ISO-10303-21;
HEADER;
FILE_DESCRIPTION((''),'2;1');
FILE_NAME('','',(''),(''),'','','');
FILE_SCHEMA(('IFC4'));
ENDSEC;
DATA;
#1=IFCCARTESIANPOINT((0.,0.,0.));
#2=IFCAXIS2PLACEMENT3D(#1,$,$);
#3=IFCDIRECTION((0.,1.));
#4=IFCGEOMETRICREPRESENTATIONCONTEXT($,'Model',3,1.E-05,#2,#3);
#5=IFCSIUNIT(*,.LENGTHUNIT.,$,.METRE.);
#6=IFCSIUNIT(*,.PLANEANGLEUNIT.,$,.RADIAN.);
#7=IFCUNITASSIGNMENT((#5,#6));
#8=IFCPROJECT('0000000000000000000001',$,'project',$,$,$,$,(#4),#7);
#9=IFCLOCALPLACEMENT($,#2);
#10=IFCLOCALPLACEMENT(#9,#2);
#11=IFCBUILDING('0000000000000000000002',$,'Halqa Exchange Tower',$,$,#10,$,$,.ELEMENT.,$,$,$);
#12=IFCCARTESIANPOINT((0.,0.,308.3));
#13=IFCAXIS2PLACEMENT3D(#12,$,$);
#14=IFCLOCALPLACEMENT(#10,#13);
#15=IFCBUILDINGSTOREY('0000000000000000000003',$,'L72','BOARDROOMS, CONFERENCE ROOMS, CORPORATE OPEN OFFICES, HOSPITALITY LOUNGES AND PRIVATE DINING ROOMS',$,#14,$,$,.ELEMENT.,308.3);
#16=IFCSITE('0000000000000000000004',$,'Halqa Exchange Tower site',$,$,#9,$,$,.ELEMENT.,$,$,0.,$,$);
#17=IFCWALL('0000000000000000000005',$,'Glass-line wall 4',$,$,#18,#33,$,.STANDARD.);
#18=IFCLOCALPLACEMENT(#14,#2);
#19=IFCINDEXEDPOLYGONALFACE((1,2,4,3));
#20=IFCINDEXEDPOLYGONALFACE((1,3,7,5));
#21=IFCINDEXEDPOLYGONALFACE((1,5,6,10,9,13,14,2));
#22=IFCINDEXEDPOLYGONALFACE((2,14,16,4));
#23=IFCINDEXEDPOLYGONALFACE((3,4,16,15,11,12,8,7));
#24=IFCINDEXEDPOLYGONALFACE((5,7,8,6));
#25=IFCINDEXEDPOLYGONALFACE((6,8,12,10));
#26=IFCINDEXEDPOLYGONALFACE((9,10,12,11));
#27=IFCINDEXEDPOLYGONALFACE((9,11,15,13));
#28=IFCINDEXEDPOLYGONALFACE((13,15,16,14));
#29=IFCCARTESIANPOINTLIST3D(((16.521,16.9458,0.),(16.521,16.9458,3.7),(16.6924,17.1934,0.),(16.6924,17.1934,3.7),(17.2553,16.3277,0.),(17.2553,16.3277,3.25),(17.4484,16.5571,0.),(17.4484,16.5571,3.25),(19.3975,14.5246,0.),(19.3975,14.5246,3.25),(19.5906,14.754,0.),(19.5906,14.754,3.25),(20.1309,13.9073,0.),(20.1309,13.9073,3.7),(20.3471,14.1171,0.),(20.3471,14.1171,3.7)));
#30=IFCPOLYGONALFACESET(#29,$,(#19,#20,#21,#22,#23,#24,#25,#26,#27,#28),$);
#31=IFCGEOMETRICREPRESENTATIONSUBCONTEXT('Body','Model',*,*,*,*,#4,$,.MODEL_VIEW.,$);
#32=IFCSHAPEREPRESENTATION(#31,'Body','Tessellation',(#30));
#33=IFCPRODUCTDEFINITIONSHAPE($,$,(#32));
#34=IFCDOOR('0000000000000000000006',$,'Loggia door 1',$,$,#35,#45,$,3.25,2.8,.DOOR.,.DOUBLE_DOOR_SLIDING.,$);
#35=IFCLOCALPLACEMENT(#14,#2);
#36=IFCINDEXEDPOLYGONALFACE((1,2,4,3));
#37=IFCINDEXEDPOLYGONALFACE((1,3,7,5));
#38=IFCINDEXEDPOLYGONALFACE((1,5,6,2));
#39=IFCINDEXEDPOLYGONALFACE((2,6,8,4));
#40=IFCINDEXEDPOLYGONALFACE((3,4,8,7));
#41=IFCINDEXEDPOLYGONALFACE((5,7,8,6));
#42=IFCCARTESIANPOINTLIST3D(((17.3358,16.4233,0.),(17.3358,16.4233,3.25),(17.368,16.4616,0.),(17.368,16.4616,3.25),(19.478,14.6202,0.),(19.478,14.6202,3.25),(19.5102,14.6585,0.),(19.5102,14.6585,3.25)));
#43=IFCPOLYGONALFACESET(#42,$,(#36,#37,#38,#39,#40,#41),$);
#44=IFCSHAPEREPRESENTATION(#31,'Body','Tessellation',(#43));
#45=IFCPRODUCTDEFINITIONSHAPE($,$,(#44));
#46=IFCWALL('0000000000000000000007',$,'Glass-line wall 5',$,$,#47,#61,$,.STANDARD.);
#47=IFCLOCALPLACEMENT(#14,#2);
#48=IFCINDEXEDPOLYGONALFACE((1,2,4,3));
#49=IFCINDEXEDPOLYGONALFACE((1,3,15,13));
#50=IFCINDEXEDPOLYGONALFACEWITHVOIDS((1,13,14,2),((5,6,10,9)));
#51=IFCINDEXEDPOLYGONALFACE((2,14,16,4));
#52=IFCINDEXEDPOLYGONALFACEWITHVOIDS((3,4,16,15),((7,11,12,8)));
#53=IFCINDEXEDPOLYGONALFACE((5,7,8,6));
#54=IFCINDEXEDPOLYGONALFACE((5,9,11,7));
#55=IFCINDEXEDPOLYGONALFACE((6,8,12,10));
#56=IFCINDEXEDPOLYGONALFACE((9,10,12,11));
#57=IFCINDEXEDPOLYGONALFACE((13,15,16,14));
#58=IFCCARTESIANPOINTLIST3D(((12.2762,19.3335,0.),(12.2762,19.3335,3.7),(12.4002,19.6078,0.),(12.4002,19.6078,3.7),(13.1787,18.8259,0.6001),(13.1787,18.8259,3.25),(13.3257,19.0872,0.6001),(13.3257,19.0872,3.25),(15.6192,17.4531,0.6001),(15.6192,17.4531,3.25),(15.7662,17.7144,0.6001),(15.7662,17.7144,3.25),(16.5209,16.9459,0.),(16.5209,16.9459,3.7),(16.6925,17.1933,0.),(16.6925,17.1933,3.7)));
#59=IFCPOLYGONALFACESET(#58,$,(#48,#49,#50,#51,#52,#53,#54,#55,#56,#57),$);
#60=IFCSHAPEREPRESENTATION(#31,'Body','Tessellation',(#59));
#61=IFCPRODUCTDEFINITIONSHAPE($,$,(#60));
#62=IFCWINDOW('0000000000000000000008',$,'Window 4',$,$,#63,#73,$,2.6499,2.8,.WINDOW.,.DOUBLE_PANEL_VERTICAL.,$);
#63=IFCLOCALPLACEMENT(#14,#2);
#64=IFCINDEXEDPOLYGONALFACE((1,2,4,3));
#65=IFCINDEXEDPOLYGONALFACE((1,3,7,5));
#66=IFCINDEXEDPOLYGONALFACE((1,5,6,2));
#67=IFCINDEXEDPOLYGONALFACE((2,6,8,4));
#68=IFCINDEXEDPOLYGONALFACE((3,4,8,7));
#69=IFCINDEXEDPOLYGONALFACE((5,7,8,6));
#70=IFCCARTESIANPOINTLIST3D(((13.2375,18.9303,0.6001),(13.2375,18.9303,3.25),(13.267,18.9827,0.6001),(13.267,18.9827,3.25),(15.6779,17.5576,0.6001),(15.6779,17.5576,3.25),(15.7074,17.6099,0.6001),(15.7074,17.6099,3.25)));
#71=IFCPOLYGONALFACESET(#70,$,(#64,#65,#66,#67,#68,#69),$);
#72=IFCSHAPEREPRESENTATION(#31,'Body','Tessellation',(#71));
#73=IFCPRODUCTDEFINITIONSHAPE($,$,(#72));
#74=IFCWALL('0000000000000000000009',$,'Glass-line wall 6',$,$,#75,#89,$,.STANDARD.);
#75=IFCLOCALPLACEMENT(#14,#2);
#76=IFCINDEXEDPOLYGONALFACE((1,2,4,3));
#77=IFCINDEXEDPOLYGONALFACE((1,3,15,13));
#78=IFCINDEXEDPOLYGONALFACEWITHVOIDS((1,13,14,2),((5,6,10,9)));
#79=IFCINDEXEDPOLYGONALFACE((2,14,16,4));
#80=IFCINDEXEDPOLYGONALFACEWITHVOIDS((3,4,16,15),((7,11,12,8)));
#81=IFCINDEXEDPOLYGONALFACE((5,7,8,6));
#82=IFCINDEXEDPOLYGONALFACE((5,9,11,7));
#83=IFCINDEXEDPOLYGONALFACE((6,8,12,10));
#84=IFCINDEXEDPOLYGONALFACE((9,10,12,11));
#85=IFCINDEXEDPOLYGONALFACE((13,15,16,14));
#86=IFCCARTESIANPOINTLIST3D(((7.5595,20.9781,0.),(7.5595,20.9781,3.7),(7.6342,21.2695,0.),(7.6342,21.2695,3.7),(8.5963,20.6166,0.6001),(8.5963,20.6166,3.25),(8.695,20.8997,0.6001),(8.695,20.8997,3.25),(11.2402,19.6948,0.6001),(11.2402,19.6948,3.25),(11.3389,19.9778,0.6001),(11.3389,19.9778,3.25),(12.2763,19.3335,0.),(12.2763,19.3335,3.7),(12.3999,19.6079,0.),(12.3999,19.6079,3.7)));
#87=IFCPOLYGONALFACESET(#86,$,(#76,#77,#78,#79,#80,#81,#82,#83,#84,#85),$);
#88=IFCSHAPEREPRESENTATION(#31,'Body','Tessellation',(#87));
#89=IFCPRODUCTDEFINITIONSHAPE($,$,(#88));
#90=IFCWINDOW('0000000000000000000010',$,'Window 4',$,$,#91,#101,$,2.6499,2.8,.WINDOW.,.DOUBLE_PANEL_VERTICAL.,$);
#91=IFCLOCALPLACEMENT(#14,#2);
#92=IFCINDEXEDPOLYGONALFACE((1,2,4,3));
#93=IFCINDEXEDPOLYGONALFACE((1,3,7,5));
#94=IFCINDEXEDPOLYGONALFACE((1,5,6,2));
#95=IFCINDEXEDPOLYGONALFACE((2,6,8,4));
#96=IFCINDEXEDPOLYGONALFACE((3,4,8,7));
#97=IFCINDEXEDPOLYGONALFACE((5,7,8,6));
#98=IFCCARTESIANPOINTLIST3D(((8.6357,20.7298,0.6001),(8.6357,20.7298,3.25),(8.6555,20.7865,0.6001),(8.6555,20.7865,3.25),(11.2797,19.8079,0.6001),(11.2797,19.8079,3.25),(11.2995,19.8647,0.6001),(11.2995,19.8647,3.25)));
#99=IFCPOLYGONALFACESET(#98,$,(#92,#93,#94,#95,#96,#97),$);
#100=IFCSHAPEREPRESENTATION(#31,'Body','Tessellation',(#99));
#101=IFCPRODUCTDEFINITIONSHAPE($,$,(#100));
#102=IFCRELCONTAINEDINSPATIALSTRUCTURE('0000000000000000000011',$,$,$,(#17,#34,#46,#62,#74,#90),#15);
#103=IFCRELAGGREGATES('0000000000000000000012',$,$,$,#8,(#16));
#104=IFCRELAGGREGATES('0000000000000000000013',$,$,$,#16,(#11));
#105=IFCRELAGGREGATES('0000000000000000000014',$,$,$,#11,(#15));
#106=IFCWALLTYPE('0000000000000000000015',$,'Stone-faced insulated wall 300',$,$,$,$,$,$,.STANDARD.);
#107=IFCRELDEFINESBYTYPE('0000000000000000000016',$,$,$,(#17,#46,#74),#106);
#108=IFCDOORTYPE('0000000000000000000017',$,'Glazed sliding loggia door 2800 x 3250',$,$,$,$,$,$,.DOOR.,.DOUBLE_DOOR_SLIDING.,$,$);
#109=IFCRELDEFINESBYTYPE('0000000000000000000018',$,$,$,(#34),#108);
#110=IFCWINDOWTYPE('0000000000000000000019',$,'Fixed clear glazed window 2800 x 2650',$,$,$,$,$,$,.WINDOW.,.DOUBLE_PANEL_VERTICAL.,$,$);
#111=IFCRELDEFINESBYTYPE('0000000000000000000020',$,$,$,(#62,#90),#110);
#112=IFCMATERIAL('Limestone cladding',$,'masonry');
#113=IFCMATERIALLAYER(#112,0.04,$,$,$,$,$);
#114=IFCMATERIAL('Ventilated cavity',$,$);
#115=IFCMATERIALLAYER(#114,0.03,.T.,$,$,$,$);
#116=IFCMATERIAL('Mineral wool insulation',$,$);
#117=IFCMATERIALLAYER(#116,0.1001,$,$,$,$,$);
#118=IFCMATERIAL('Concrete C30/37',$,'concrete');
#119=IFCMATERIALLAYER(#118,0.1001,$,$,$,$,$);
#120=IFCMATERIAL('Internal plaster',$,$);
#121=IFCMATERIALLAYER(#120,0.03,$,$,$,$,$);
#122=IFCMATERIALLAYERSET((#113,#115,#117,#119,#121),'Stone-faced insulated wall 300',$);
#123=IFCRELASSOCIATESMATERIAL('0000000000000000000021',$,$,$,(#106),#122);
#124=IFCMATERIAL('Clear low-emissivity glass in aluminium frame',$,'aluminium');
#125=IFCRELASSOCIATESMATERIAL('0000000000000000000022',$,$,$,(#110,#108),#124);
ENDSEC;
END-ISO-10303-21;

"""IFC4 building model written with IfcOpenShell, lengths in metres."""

from ifc_helpers import new_model, si_unit, direction, frame, frame_2d, origin, place, context, subcontext, project, spatial, polyline, rectangle, outline, extrude, material, layer, layer_set, type_object, element, fill, save


model = new_model("IFC4")

# Units and contexts
model_context = context("Model", 3, precision=1e-05, world=origin(), true_north=direction((0.0, 1.0)))
body_context = subcontext(model_context, "Body", "Model", "MODEL_VIEW")
ifc_project = project(units=[si_unit("LENGTHUNIT", "METRE"), si_unit("PLANEANGLEUNIT", "RADIAN")], contexts=[model_context])

# Site, building, storey
site_placement = place(None, origin())
site = spatial("IfcSite", under=ifc_project, at=site_placement, Name="Halqa Exchange Tower site", CompositionType="ELEMENT", RefElevation=0.0)
building_placement = place(site_placement, origin())
building = spatial("IfcBuilding", under=site, at=building_placement, Name="Halqa Exchange Tower", CompositionType="ELEMENT")
storey_placement = place(building_placement, frame((0.0, 0.0, 308.3)))
storey = spatial("IfcBuildingStorey", under=building, at=storey_placement, Name="L72", Description="BOARDROOMS, CONFERENCE ROOMS, CORPORATE OPEN OFFICES, HOSPITALITY LOUNGES AND PRIVATE DINING ROOMS", CompositionType="ELEMENT", Elevation=308.3)

# Shared definitions
ifc_material_1 = material(Name="Limestone cladding", Category="masonry")
ifc_layer_1 = layer(ifc_material_1, 0.04)
ifc_material_2 = material(Name="Ventilated cavity")
ifc_layer_2 = layer(ifc_material_2, 0.03, ventilated=True)
ifc_material_3 = material(Name="Mineral wool insulation")
ifc_layer_3 = layer(ifc_material_3, 0.1001)
ifc_material_4 = material(Name="Concrete C30/37", Category="concrete")
ifc_layer_4 = layer(ifc_material_4, 0.1001)
ifc_material_5 = material(Name="Internal plaster")
ifc_layer_5 = layer(ifc_material_5, 0.03)
ifc_layer_set = layer_set([ifc_layer_1, ifc_layer_2, ifc_layer_3, ifc_layer_4, ifc_layer_5], Name="Stone-faced insulated wall 300")
wall_type = type_object("IfcWallType", Name="Stone-faced insulated wall 300", PredefinedType="STANDARD", material=ifc_layer_set)
ifc_material_6 = material(Name="Clear low-emissivity glass in aluminium frame", Category="aluminium")
window_type = type_object("IfcWindowType", Name="Fixed clear glazed window 2800 x 2650", PartitioningType="DOUBLE_PANEL_VERTICAL", PredefinedType="WINDOW", material=ifc_material_6)

# Wall, opening, door
wall_1_placement = place(storey_placement, frame((20.239, 14.0122, 0.0), z_axis=(0.0, 0.0, 1.0), x_axis=(-0.765059, 0.64396, 0.0)))
wall_1 = element("IfcWall", 1, at=wall_1_placement, inside=storey, type_object=wall_type, Name="Glass-line wall 4", PredefinedType="STANDARD", context=body_context, shape_type="SweptSolid", body=[
    extrude(outline(polyline([(-0.0151, -0.1499), (4.762, -0.1499), (4.7336, 0.1499), (0.0151, 0.1499), (-0.0151, -0.1499)])), origin(), (0.0, 0.0, 1.0), 3.7),
])
opening_1_placement = place(wall_1_placement, frame((0.9739, 0.0, 0.0)))
opening_1 = element("IfcOpeningElement", 2, at=opening_1_placement, cuts=wall_1, PredefinedType="OPENING", context=body_context, shape_type="SweptSolid", body=[
    extrude(rectangle(XDim=2.8, YDim=3.25, at=frame_2d((1.3999, 1.625))), frame((0.0, 0.1621, 0.0), z_axis=(0.0, -1.0, 0.0), x_axis=(1.0, 0.0, 0.0)), (0.0, 0.0, 1.0), 0.324),
])
door_type = type_object("IfcDoorType", Name="Glazed sliding loggia door 2800 x 3250", OperationType="DOUBLE_DOOR_SLIDING", PredefinedType="DOOR", material=ifc_material_6)
door_placement = place(opening_1_placement, origin())
door = element("IfcDoor", 3, at=door_placement, inside=storey, type_object=door_type, Name="Loggia door 1", OperationType="DOUBLE_DOOR_SLIDING", OverallHeight=3.25, OverallWidth=2.8, PredefinedType="DOOR", context=body_context, shape_type="SweptSolid", body=[
    extrude(rectangle(XDim=2.8, YDim=3.25, at=frame_2d((1.3999, 1.625))), frame((0.0, 0.0249, 0.0), z_axis=(0.0, -1.0, 0.0), x_axis=(1.0, 0.0, 0.0)), (0.0, 0.0, 1.0), 0.05),
])
fill(opening_1, door)

# Walls, openings, windows
wall_2_placement = place(storey_placement, frame((16.6067, 17.0696, 0.0), z_axis=(0.0, 0.0, 1.0), x_axis=(-0.87157, 0.490271, 0.0)))
wall_2 = element("IfcWall", 4, at=wall_2_placement, inside=storey, type_object=wall_type, Name="Glass-line wall 5", PredefinedType="STANDARD", context=body_context, shape_type="SweptSolid", body=[
    extrude(outline(polyline([(-0.0142, -0.1499), (4.9106, -0.1499), (4.8843, 0.1499), (0.0142, 0.1499), (-0.0142, -0.1499)])), origin(), (0.0, 0.0, 1.0), 3.7),
])
opening_2_placement = place(wall_2_placement, frame((1.0488, 0.0, 0.6001)))
opening_2 = element("IfcOpeningElement", 5, at=opening_2_placement, cuts=wall_2, PredefinedType="OPENING", context=body_context, shape_type="SweptSolid", body=[
    extrude(rectangle(XDim=2.8, YDim=2.6499, at=frame_2d((1.3999, 1.325))), frame((0.0, 0.1621, 0.0), z_axis=(0.0, -1.0, 0.0), x_axis=(1.0, 0.0, 0.0)), (0.0, 0.0, 1.0), 0.324),
])
window_1_placement = place(opening_2_placement, origin())
window_1 = element("IfcWindow", 6, at=window_1_placement, inside=storey, type_object=window_type, Name="Window 4", OverallHeight=2.6499, OverallWidth=2.8, PartitioningType="DOUBLE_PANEL_VERTICAL", PredefinedType="WINDOW", context=body_context, shape_type="SweptSolid", body=[
    extrude(rectangle(XDim=2.8, YDim=2.6499, at=frame_2d((1.3999, 1.325))), frame((0.0, 0.03, 0.0), z_axis=(0.0, -1.0, 0.0), x_axis=(1.0, 0.0, 0.0)), (0.0, 0.0, 1.0), 0.0601),
])
fill(opening_2, window_1)
wall_3_placement = place(storey_placement, frame((12.3381, 19.4707, 0.0), z_axis=(0.0, 0.0, 1.0), x_axis=(-0.944252, 0.329224, 0.0)))
wall_3 = element("IfcWall", 7, at=wall_3_placement, inside=storey, type_object=wall_type, Name="Glass-line wall 6", PredefinedType="STANDARD", context=body_context, shape_type="SweptSolid", body=[
    extrude(outline(polyline([(-0.0132, -0.1499), (5.0339, -0.1499), (5.0085, 0.1499), (0.0132, 0.1499), (-0.0132, -0.1499)])), origin(), (0.0, 0.0, 1.0), 3.7),
])
opening_3_placement = place(wall_3_placement, frame((1.1106, 0.0, 0.6001)))
opening_3 = element("IfcOpeningElement", 8, at=opening_3_placement, cuts=wall_3, PredefinedType="OPENING", context=body_context, shape_type="SweptSolid", body=[
    extrude(rectangle(XDim=2.8, YDim=2.6499, at=frame_2d((1.3999, 1.325))), frame((0.0, 0.1621, 0.0), z_axis=(0.0, -1.0, 0.0), x_axis=(1.0, 0.0, 0.0)), (0.0, 0.0, 1.0), 0.324),
])
window_2_placement = place(opening_3_placement, origin())
window_2 = element("IfcWindow", 9, at=window_2_placement, inside=storey, type_object=window_type, Name="Window 4", OverallHeight=2.6499, OverallWidth=2.8, PartitioningType="DOUBLE_PANEL_VERTICAL", PredefinedType="WINDOW", context=body_context, shape_type="SweptSolid", body=[
    extrude(rectangle(XDim=2.8, YDim=2.6499, at=frame_2d((1.3999, 1.325))), frame((0.0, 0.03, 0.0), z_axis=(0.0, -1.0, 0.0), x_axis=(1.0, 0.0, 0.0)), (0.0, 0.0, 1.0), 0.0601),
])
fill(opening_3, window_2)

save(model, "model.ifc")
